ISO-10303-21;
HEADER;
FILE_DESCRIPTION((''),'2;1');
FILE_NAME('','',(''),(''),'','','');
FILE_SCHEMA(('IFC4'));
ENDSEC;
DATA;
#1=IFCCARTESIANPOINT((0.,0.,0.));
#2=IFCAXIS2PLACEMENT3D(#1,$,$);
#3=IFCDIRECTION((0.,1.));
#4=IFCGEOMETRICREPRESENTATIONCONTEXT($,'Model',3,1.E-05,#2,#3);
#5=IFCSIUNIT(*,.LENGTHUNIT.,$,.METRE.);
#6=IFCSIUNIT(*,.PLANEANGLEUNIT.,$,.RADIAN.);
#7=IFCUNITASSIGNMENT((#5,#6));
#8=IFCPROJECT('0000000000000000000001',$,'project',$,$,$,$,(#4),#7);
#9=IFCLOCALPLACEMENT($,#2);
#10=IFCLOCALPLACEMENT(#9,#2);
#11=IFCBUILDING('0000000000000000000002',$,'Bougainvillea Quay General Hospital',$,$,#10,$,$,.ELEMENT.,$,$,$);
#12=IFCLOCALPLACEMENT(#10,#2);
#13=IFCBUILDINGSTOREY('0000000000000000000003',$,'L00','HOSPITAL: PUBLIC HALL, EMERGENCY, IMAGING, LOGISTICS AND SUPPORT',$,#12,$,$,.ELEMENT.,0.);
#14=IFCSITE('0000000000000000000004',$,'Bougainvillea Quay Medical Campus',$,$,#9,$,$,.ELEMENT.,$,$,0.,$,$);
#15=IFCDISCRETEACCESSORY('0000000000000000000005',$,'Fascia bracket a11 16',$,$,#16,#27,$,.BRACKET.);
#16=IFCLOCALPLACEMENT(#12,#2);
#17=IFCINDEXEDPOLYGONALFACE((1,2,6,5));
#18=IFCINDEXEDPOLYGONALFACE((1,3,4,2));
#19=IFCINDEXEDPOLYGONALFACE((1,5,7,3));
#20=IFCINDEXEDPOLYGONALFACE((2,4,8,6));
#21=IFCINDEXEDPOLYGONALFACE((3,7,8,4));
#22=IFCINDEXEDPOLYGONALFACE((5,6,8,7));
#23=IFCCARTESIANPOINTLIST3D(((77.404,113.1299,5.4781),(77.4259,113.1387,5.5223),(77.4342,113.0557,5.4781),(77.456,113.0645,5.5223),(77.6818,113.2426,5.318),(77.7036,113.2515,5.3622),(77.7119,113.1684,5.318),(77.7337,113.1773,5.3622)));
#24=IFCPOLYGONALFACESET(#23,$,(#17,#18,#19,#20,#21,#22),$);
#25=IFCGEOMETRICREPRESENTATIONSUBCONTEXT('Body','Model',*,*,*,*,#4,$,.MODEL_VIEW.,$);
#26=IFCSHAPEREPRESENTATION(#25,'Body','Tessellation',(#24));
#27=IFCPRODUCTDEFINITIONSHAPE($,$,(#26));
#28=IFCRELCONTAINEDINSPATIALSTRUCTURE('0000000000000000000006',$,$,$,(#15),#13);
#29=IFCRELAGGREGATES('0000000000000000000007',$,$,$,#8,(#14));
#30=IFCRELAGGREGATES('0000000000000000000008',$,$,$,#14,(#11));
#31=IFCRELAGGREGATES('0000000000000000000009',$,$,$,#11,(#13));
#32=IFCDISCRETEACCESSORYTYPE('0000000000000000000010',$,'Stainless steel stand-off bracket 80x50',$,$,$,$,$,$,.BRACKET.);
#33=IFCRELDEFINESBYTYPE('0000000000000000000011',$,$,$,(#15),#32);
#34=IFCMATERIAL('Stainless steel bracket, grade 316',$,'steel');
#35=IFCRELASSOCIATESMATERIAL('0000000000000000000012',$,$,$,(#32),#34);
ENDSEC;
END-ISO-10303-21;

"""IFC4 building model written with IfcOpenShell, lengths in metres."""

from ifc_helpers import new_model, si_unit, direction, frame, origin, origin_2d, place, context, subcontext, project, spatial, rectangle, extrude, material, material_profile, profile_set, type_object, element, save


model = new_model("IFC4")

# Units and contexts
model_context = context("Model", 3, precision=1e-05, world=origin(), true_north=direction((0.0, 1.0)))
body_context = subcontext(model_context, "Body", "Model", "MODEL_VIEW")
ifc_project = project(units=[si_unit("LENGTHUNIT", "METRE"), si_unit("PLANEANGLEUNIT", "RADIAN")], contexts=[model_context])

# Site, building, storey
site_placement = place(None, origin())
site = spatial("IfcSite", under=ifc_project, at=site_placement, Name="Bougainvillea Quay Medical Campus", CompositionType="ELEMENT", RefElevation=0.0)
building_placement = place(site_placement, origin())
building = spatial("IfcBuilding", under=site, at=building_placement, Name="Bougainvillea Quay General Hospital", CompositionType="ELEMENT")
storey_placement = place(building_placement, origin())
storey = spatial("IfcBuildingStorey", under=building, at=storey_placement, Name="L00", Description="HOSPITAL: PUBLIC HALL, EMERGENCY, IMAGING, LOGISTICS AND SUPPORT", CompositionType="ELEMENT", Elevation=0.0)

# Discrete accessory
ifc_material_1 = material(Name="Stainless steel bracket, grade 316", Category="steel")
ifc_material_profile_1 = material_profile(ifc_material_1, rectangle(XDim=0.0801, YDim=0.05, at=origin_2d()))
ifc_profile_set_1 = profile_set([ifc_material_profile_1], Name="Stainless steel bracket, grade 316")
discrete_accessory_type = type_object("IfcDiscreteAccessoryType", Name="Stainless steel stand-off bracket 80x50", PredefinedType="BRACKET", material=ifc_profile_set_1)
discrete_accessory_placement = place(storey_placement, frame((77.7078, 113.21, 5.3401), z_axis=(-0.817284, -0.331797, 0.471123), x_axis=(0.376159, -0.926555, 0.0)))
element("IfcDiscreteAccessory", 1, at=discrete_accessory_placement, inside=storey, type_object=discrete_accessory_type, Name="Fascia bracket a11 16", PredefinedType="BRACKET", context=body_context, shape_type="SweptSolid", body=[
    extrude(rectangle(XDim=0.0801, YDim=0.05, at=origin_2d()), origin(), (0.0, 0.0, 1.0), 0.3398),
])

save(model, "model.ifc")
